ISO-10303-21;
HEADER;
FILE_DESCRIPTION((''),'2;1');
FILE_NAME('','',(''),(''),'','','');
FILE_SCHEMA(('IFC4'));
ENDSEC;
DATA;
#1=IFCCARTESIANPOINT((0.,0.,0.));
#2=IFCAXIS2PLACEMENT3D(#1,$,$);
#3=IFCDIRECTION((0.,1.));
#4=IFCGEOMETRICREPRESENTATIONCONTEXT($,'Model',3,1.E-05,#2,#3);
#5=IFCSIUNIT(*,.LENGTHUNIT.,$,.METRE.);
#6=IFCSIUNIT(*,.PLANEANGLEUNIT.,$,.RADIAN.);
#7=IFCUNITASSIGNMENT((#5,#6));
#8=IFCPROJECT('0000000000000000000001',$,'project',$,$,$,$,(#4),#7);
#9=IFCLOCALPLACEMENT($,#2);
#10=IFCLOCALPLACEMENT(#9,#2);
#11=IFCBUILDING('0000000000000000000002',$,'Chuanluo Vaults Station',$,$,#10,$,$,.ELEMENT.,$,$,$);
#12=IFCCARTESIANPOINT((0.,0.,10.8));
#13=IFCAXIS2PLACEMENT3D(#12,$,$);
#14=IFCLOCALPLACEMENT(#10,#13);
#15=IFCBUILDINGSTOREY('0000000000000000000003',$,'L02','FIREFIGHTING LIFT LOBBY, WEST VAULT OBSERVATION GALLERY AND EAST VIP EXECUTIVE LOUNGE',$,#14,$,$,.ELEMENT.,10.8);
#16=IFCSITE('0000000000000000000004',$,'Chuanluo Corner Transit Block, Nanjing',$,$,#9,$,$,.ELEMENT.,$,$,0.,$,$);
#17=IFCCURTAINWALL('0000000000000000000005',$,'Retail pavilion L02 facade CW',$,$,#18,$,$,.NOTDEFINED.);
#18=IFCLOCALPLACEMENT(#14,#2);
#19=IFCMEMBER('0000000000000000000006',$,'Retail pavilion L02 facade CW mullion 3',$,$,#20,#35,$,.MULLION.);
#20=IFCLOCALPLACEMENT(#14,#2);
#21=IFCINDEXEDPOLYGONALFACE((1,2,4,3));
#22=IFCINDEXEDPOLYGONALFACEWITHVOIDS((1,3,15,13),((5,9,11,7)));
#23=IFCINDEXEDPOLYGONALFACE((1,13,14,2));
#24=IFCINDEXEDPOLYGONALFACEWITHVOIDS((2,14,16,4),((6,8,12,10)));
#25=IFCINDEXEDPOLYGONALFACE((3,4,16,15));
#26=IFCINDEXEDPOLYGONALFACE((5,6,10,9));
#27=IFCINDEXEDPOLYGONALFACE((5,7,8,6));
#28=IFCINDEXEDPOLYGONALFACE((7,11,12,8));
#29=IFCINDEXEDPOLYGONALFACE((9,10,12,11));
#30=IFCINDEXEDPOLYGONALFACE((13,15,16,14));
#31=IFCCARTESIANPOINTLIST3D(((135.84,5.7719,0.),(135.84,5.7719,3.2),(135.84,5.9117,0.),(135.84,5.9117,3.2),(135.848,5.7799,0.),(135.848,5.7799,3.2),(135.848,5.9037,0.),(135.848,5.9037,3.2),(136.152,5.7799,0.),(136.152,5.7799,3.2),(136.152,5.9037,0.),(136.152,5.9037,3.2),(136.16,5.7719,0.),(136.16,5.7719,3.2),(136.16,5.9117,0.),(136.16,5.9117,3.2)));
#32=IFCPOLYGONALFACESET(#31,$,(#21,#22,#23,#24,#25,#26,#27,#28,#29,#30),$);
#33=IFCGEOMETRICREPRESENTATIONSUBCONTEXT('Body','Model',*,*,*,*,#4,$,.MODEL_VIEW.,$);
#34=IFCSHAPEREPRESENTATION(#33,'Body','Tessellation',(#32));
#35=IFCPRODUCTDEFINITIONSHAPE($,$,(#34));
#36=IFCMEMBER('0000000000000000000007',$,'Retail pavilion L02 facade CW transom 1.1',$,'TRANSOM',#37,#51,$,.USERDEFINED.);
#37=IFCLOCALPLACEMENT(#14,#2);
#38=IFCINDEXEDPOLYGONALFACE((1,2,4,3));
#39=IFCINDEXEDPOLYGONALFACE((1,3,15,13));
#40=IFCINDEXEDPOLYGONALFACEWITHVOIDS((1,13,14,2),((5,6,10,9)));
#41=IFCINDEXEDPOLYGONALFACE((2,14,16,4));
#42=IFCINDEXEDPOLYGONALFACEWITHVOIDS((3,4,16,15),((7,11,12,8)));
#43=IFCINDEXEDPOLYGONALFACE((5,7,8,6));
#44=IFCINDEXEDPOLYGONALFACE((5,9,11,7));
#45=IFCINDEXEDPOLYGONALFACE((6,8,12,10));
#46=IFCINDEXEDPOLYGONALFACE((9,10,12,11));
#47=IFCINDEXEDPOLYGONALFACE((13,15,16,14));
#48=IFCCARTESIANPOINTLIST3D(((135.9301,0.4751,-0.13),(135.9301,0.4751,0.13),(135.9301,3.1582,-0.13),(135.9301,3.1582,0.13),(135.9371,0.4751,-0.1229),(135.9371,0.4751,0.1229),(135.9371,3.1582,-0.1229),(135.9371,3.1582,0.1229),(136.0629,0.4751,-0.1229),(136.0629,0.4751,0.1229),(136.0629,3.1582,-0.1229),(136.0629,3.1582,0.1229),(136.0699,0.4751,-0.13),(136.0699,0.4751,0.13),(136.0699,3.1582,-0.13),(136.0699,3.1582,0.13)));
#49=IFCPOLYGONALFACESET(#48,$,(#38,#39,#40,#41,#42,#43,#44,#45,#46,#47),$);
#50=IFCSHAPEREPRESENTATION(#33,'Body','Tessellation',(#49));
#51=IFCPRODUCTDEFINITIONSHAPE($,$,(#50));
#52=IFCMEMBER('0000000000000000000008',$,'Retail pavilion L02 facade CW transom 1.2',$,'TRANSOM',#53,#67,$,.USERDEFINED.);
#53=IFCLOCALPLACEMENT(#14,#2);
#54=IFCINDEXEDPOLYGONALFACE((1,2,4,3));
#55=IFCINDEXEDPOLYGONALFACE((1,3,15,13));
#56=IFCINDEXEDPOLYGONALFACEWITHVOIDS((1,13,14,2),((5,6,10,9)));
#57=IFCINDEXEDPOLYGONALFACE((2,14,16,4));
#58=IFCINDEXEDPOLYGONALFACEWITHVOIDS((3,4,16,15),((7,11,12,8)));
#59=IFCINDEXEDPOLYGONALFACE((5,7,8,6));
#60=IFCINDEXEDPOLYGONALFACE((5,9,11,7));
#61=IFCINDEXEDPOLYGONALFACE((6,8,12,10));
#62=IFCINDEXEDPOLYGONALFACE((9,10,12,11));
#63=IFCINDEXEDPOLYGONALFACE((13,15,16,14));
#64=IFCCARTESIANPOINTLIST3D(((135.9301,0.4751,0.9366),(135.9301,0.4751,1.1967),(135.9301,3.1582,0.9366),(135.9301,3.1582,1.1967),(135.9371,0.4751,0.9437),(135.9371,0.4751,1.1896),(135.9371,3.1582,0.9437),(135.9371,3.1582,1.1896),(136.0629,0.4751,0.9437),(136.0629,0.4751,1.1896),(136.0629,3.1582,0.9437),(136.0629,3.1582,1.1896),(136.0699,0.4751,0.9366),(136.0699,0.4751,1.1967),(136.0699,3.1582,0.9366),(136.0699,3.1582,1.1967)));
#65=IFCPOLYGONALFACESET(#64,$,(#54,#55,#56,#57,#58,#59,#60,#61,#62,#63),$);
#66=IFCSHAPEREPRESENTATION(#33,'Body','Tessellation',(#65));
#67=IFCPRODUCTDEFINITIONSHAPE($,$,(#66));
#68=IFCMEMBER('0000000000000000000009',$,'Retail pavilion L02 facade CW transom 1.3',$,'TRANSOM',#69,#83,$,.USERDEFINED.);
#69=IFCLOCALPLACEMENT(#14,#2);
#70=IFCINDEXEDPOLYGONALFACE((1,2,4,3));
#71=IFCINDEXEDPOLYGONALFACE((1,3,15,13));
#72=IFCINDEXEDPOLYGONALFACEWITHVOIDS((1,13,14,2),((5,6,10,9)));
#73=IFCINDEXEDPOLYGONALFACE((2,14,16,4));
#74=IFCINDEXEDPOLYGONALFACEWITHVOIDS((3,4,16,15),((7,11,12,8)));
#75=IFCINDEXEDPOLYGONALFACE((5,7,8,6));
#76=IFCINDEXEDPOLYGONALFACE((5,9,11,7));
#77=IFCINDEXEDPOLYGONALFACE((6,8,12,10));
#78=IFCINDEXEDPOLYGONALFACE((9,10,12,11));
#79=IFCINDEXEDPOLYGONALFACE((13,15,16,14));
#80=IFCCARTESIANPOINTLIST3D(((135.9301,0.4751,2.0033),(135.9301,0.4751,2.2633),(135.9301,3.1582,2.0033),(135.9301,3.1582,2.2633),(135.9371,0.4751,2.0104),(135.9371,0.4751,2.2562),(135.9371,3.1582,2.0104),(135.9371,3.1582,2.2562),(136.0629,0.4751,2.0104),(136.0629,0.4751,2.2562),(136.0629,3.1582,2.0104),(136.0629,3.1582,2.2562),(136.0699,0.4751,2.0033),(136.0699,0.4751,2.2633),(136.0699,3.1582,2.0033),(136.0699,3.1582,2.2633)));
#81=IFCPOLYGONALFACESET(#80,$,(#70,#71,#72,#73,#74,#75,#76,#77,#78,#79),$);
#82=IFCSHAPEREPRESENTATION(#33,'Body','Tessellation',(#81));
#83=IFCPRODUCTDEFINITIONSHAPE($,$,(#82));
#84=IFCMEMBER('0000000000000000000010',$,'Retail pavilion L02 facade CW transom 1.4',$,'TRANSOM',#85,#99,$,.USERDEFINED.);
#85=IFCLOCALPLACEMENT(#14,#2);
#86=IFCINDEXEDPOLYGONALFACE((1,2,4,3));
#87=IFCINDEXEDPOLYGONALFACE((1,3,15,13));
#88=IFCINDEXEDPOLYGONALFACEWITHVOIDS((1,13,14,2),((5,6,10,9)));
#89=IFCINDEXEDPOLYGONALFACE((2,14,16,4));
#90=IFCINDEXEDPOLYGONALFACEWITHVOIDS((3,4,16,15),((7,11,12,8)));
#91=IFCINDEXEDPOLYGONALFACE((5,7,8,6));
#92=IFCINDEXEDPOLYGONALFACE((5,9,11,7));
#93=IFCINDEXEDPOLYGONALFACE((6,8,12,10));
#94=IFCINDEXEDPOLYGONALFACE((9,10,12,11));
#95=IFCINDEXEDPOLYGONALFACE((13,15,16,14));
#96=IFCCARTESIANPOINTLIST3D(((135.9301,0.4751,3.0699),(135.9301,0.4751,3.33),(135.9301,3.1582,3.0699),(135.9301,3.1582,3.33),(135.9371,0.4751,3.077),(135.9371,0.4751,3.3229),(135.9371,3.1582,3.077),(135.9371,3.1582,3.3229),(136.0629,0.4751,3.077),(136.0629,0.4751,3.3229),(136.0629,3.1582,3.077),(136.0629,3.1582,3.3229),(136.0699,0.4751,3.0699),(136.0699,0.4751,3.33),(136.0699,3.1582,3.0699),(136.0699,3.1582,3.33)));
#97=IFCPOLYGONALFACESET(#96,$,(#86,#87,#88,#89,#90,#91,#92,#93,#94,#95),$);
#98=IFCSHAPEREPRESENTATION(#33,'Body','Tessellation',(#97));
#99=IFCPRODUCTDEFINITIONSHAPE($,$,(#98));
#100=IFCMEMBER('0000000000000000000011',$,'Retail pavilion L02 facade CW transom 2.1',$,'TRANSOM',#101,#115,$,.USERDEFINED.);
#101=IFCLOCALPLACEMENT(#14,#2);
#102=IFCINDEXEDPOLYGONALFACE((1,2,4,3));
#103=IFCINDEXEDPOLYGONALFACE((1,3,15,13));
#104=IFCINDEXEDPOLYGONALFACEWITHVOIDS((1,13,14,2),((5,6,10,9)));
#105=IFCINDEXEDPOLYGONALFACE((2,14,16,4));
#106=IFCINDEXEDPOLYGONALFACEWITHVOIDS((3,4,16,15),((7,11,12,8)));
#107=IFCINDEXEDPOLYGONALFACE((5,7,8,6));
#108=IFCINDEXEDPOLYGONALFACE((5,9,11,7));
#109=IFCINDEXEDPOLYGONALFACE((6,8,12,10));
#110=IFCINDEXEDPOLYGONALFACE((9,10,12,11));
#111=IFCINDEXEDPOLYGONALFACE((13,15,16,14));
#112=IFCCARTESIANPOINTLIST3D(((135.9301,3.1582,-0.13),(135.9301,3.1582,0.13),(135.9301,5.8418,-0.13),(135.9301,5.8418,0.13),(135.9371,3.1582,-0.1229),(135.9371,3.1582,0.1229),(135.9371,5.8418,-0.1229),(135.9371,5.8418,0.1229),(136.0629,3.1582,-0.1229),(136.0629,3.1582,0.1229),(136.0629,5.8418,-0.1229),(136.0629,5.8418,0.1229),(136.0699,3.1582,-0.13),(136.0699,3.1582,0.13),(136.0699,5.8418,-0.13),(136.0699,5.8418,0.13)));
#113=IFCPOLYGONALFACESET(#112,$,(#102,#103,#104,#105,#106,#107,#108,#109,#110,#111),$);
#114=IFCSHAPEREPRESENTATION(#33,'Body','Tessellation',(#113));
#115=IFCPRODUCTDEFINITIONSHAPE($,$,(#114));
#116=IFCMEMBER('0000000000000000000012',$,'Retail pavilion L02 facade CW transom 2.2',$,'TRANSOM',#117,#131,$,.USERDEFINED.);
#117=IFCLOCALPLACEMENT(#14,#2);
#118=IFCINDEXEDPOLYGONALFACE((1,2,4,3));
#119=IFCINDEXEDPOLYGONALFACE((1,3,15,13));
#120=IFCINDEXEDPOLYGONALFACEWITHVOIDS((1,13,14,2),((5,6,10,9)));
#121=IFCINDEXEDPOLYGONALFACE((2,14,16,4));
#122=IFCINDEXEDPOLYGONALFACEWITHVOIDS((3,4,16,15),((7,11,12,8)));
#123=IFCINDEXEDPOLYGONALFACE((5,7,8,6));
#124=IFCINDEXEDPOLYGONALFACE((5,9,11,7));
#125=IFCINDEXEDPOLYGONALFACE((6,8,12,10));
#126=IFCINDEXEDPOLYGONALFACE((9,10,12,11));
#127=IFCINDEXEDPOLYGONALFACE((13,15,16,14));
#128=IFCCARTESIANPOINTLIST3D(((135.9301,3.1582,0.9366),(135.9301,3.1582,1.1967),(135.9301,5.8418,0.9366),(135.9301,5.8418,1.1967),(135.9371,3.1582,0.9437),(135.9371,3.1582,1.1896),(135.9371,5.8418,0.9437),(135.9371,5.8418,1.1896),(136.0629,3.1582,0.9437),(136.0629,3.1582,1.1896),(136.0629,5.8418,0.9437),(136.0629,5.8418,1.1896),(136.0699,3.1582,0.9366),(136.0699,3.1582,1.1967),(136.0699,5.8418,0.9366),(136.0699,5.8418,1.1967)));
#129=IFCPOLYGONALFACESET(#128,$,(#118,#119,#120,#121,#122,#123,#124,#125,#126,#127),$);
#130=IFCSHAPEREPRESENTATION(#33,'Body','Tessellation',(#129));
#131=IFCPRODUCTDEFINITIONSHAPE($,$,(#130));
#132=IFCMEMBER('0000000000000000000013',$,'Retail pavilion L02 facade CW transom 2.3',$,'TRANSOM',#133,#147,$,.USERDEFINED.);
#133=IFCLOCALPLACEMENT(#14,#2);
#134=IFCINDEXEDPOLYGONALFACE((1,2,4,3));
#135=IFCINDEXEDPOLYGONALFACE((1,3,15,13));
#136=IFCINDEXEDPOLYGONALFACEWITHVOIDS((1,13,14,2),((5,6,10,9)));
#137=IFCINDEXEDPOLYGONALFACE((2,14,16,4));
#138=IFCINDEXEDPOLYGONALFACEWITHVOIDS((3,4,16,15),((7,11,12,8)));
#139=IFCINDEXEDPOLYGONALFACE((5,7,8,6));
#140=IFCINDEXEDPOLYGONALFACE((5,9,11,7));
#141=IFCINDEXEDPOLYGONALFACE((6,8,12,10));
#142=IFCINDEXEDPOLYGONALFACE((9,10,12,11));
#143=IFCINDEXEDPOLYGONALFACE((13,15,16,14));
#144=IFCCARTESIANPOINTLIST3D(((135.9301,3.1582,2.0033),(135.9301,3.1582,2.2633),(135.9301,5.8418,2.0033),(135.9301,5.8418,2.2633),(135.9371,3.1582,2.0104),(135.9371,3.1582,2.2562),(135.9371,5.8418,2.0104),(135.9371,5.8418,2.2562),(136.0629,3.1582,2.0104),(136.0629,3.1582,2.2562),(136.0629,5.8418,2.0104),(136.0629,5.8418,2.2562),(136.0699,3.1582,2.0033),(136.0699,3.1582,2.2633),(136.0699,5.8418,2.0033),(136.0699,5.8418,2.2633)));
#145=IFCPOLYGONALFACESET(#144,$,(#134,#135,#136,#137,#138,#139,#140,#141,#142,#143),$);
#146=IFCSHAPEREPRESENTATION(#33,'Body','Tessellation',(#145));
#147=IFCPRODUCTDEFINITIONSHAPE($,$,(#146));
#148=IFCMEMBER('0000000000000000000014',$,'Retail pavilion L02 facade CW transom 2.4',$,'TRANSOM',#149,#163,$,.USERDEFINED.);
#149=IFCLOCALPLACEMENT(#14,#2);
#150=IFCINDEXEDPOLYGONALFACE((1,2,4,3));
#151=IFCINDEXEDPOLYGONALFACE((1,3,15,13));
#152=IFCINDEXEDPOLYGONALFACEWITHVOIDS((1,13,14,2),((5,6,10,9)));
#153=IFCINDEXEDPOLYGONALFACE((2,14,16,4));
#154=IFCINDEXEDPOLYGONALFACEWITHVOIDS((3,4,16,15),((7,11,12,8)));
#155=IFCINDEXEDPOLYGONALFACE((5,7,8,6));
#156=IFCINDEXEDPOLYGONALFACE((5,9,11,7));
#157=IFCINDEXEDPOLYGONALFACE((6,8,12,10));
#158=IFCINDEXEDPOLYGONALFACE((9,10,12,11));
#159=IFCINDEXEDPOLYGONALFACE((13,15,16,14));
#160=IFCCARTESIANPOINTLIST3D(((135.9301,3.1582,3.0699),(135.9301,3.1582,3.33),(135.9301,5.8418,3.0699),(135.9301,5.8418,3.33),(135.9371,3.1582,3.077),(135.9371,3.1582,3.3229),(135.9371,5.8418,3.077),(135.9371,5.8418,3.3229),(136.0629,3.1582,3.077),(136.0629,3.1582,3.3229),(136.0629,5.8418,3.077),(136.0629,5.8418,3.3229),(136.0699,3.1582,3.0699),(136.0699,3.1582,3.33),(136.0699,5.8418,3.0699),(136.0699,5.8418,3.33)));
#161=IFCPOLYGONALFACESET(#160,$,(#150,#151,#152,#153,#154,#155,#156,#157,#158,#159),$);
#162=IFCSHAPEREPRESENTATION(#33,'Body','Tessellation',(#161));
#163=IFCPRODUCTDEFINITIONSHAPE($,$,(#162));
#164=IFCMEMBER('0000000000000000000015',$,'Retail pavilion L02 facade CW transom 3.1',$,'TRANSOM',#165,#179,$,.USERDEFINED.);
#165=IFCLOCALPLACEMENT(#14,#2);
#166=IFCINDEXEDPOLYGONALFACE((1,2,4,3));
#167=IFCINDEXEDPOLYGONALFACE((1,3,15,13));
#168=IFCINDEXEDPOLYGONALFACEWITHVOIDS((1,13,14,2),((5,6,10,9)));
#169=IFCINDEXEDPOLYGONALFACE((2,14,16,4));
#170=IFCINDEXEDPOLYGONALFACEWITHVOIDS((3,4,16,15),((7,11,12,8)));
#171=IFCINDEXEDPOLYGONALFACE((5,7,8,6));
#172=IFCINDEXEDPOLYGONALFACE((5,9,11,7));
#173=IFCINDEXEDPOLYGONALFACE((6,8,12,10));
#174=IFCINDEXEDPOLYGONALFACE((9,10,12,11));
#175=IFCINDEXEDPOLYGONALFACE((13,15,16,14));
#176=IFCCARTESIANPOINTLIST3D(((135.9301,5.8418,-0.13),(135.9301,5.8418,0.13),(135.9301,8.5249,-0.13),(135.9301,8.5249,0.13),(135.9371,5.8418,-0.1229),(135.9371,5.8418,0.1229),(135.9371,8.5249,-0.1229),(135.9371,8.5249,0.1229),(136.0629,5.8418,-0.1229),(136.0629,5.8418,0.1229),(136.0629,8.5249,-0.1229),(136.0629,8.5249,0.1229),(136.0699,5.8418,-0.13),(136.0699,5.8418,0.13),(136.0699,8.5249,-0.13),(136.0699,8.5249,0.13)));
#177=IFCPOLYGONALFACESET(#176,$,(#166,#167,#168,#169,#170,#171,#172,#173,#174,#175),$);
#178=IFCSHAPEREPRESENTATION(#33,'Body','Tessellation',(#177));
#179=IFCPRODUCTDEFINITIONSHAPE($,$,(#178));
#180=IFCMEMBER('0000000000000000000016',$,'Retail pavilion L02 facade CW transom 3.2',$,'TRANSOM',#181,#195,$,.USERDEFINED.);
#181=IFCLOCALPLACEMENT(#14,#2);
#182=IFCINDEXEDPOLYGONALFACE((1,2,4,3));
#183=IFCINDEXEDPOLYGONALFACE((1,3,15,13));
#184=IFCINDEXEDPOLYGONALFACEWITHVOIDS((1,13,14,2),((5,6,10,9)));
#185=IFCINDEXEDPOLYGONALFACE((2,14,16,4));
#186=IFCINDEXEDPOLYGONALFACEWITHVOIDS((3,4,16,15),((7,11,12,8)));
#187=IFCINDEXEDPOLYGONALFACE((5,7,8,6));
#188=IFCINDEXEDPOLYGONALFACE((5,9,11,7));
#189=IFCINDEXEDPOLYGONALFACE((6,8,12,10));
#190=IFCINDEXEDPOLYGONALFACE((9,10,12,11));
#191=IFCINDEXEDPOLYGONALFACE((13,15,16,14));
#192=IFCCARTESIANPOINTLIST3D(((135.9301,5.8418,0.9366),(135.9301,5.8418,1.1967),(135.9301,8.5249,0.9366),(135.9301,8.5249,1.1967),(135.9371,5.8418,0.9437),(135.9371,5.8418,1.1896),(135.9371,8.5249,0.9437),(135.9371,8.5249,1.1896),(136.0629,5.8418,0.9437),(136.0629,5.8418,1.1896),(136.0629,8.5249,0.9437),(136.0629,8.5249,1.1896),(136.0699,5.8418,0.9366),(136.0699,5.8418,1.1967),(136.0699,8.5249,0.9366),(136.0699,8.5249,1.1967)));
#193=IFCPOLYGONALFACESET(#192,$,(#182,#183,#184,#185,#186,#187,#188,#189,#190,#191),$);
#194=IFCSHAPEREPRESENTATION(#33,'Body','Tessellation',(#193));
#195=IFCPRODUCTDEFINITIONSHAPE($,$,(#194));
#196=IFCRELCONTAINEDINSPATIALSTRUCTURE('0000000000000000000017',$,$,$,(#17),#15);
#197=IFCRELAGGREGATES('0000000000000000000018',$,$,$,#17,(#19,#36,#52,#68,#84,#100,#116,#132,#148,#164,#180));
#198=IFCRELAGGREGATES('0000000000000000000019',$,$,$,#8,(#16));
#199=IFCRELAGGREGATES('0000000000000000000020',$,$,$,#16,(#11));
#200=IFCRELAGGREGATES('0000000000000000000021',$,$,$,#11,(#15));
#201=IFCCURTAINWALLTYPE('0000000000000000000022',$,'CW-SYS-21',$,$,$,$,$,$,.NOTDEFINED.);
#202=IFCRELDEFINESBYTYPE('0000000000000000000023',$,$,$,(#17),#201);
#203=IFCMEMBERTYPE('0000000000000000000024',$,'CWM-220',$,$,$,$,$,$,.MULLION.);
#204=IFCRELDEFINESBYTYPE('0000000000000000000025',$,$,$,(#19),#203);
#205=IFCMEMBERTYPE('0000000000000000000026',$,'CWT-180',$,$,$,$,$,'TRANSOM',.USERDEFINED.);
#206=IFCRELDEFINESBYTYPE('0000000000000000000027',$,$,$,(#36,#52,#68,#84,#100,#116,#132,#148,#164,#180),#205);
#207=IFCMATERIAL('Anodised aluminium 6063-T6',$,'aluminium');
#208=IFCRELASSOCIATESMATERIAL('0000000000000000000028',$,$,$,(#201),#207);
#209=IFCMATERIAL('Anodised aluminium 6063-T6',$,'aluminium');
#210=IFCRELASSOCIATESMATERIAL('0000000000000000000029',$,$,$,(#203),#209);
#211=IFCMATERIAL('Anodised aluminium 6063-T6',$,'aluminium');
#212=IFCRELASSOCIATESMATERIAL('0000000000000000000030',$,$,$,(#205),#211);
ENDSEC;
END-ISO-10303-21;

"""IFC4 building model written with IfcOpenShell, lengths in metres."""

from ifc_helpers import new_model, si_unit, direction, frame, origin, origin_2d, place, context, subcontext, project, spatial, hollow_rectangle, extrude, material, material_profile, profile_set, type_object, element, aggregate, save


model = new_model("IFC4")

# Units and contexts
model_context = context("Model", 3, precision=1e-05, world=origin(), true_north=direction((0.0, 1.0)))
body_context = subcontext(model_context, "Body", "Model", "MODEL_VIEW")
ifc_project = project(units=[si_unit("LENGTHUNIT", "METRE"), si_unit("PLANEANGLEUNIT", "RADIAN")], contexts=[model_context])

# Site, building, storey
site_placement = place(None, origin())
site = spatial("IfcSite", under=ifc_project, at=site_placement, Name="Chuanluo Corner Transit Block, Nanjing", CompositionType="ELEMENT", RefElevation=0.0)
building_placement = place(site_placement, origin())
building = spatial("IfcBuilding", under=site, at=building_placement, Name="Chuanluo Vaults Station", CompositionType="ELEMENT")
storey_placement = place(building_placement, frame((0.0, 0.0, 10.8)))
storey = spatial("IfcBuildingStorey", under=building, at=storey_placement, Name="L02", Description="FIREFIGHTING LIFT LOBBY, WEST VAULT OBSERVATION GALLERY AND EAST VIP EXECUTIVE LOUNGE", CompositionType="ELEMENT", Elevation=10.8)

# Curtain wall, members
ifc_material_1 = material(Name="Anodised aluminium 6063-T6", Category="aluminium")
curtain_wall_type = type_object("IfcCurtainWallType", Name="CW-SYS-21", PredefinedType="NOTDEFINED", material=ifc_material_1)
curtain_wall_placement = place(storey_placement, origin())
curtain_wall = element("IfcCurtainWall", 1, at=curtain_wall_placement, inside=storey, type_object=curtain_wall_type, Name="Retail pavilion L02 facade CW", PredefinedType="NOTDEFINED")
ifc_material_2 = material(Name="Anodised aluminium 6063-T6", Category="aluminium")
ifc_material_profile_1 = material_profile(ifc_material_2, hollow_rectangle(XDim=0.1399, YDim=0.3201, WallThickness=0.0081, at=origin_2d()))
ifc_profile_set_1 = profile_set([ifc_material_profile_1], Name="Anodised aluminium 6063-T6")
member_type_1 = type_object("IfcMemberType", Name="CWM-220", PredefinedType="MULLION", material=ifc_profile_set_1)
member_1_placement = place(storey_placement, frame((136.0, 5.8418, 0.0), z_axis=(0.0, 0.0, 1.0), x_axis=(0.0, 1.0, 0.0)))
member_1 = element("IfcMember", 2, at=member_1_placement, type_object=member_type_1, Name="Retail pavilion L02 facade CW mullion 3", PredefinedType="MULLION", context=body_context, shape_type="SweptSolid", body=[
    extrude(hollow_rectangle(XDim=0.1399, YDim=0.3201, WallThickness=0.0081, at=origin_2d()), origin(), (0.0, 0.0, 1.0), 3.2),
])
ifc_material_3 = material(Name="Anodised aluminium 6063-T6", Category="aluminium")
ifc_material_profile_2 = material_profile(ifc_material_3, hollow_rectangle(XDim=0.1399, YDim=0.26, WallThickness=0.0071, at=origin_2d()))
ifc_profile_set_2 = profile_set([ifc_material_profile_2], Name="Anodised aluminium 6063-T6")
member_type_2 = type_object("IfcMemberType", Name="CWT-180", ElementType="TRANSOM", PredefinedType="USERDEFINED", material=ifc_profile_set_2)
member_2_placement = place(storey_placement, frame((136.0, 0.4751, 0.0), z_axis=(0.0, 1.0, 0.0), x_axis=(-1.0, 0.0, 0.0)))
member_2 = element("IfcMember", 3, at=member_2_placement, type_object=member_type_2, Name="Retail pavilion L02 facade CW transom 1.1", ObjectType="TRANSOM", PredefinedType="USERDEFINED", context=body_context, shape_type="SweptSolid", body=[
    extrude(hollow_rectangle(XDim=0.1399, YDim=0.26, WallThickness=0.0071, at=origin_2d()), origin(), (0.0, 0.0, 1.0), 2.6831),
])
member_3_placement = place(storey_placement, frame((136.0, 0.4751, 1.0667), z_axis=(0.0, 1.0, 0.0), x_axis=(-1.0, 0.0, 0.0)))
member_3 = element("IfcMember", 4, at=member_3_placement, type_object=member_type_2, Name="Retail pavilion L02 facade CW transom 1.2", ObjectType="TRANSOM", PredefinedType="USERDEFINED", context=body_context, shape_type="SweptSolid", body=[
    extrude(hollow_rectangle(XDim=0.1399, YDim=0.26, WallThickness=0.0071, at=origin_2d()), origin(), (0.0, 0.0, 1.0), 2.6831),
])
member_4_placement = place(storey_placement, frame((136.0, 0.4751, 2.1333), z_axis=(0.0, 1.0, 0.0), x_axis=(-1.0, 0.0, 0.0)))
member_4 = element("IfcMember", 5, at=member_4_placement, type_object=member_type_2, Name="Retail pavilion L02 facade CW transom 1.3", ObjectType="TRANSOM", PredefinedType="USERDEFINED", context=body_context, shape_type="SweptSolid", body=[
    extrude(hollow_rectangle(XDim=0.1399, YDim=0.26, WallThickness=0.0071, at=origin_2d()), origin(), (0.0, 0.0, 1.0), 2.6831),
])
member_5_placement = place(storey_placement, frame((136.0, 0.4751, 3.2), z_axis=(0.0, 1.0, 0.0), x_axis=(-1.0, 0.0, 0.0)))
member_5 = element("IfcMember", 6, at=member_5_placement, type_object=member_type_2, Name="Retail pavilion L02 facade CW transom 1.4", ObjectType="TRANSOM", PredefinedType="USERDEFINED", context=body_context, shape_type="SweptSolid", body=[
    extrude(hollow_rectangle(XDim=0.1399, YDim=0.26, WallThickness=0.0071, at=origin_2d()), origin(), (0.0, 0.0, 1.0), 2.6831),
])
member_6_placement = place(storey_placement, frame((136.0, 3.1582, 0.0), z_axis=(0.0, 1.0, 0.0), x_axis=(-1.0, 0.0, 0.0)))
member_6 = element("IfcMember", 7, at=member_6_placement, type_object=member_type_2, Name="Retail pavilion L02 facade CW transom 2.1", ObjectType="TRANSOM", PredefinedType="USERDEFINED", context=body_context, shape_type="SweptSolid", body=[
    extrude(hollow_rectangle(XDim=0.1399, YDim=0.26, WallThickness=0.0071, at=origin_2d()), origin(), (0.0, 0.0, 1.0), 2.6836),
])
member_7_placement = place(storey_placement, frame((136.0, 3.1582, 1.0667), z_axis=(0.0, 1.0, 0.0), x_axis=(-1.0, 0.0, 0.0)))
member_7 = element("IfcMember", 8, at=member_7_placement, type_object=member_type_2, Name="Retail pavilion L02 facade CW transom 2.2", ObjectType="TRANSOM", PredefinedType="USERDEFINED", context=body_context, shape_type="SweptSolid", body=[
    extrude(hollow_rectangle(XDim=0.1399, YDim=0.26, WallThickness=0.0071, at=origin_2d()), origin(), (0.0, 0.0, 1.0), 2.6836),
])
member_8_placement = place(storey_placement, frame((136.0, 3.1582, 2.1333), z_axis=(0.0, 1.0, 0.0), x_axis=(-1.0, 0.0, 0.0)))
member_8 = element("IfcMember", 9, at=member_8_placement, type_object=member_type_2, Name="Retail pavilion L02 facade CW transom 2.3", ObjectType="TRANSOM", PredefinedType="USERDEFINED", context=body_context, shape_type="SweptSolid", body=[
    extrude(hollow_rectangle(XDim=0.1399, YDim=0.26, WallThickness=0.0071, at=origin_2d()), origin(), (0.0, 0.0, 1.0), 2.6836),
])
member_9_placement = place(storey_placement, frame((136.0, 3.1582, 3.2), z_axis=(0.0, 1.0, 0.0), x_axis=(-1.0, 0.0, 0.0)))
member_9 = element("IfcMember", 10, at=member_9_placement, type_object=member_type_2, Name="Retail pavilion L02 facade CW transom 2.4", ObjectType="TRANSOM", PredefinedType="USERDEFINED", context=body_context, shape_type="SweptSolid", body=[
    extrude(hollow_rectangle(XDim=0.1399, YDim=0.26, WallThickness=0.0071, at=origin_2d()), origin(), (0.0, 0.0, 1.0), 2.6836),
])
member_10_placement = place(storey_placement, frame((136.0, 5.8418, 0.0), z_axis=(0.0, 1.0, 0.0), x_axis=(-1.0, 0.0, 0.0)))
member_10 = element("IfcMember", 11, at=member_10_placement, type_object=member_type_2, Name="Retail pavilion L02 facade CW transom 3.1", ObjectType="TRANSOM", PredefinedType="USERDEFINED", context=body_context, shape_type="SweptSolid", body=[
    extrude(hollow_rectangle(XDim=0.1399, YDim=0.26, WallThickness=0.0071, at=origin_2d()), origin(), (0.0, 0.0, 1.0), 2.6831),
])
member_11_placement = place(storey_placement, frame((136.0, 5.8418, 1.0667), z_axis=(0.0, 1.0, 0.0), x_axis=(-1.0, 0.0, 0.0)))
member_11 = element("IfcMember", 12, at=member_11_placement, type_object=member_type_2, Name="Retail pavilion L02 facade CW transom 3.2", ObjectType="TRANSOM", PredefinedType="USERDEFINED", context=body_context, shape_type="SweptSolid", body=[
    extrude(hollow_rectangle(XDim=0.1399, YDim=0.26, WallThickness=0.0071, at=origin_2d()), origin(), (0.0, 0.0, 1.0), 2.6831),
])
aggregate(curtain_wall, [member_1, member_2, member_3, member_4, member_5, member_6, member_7, member_8, member_9, member_10, member_11])

save(model, "model.ifc")
